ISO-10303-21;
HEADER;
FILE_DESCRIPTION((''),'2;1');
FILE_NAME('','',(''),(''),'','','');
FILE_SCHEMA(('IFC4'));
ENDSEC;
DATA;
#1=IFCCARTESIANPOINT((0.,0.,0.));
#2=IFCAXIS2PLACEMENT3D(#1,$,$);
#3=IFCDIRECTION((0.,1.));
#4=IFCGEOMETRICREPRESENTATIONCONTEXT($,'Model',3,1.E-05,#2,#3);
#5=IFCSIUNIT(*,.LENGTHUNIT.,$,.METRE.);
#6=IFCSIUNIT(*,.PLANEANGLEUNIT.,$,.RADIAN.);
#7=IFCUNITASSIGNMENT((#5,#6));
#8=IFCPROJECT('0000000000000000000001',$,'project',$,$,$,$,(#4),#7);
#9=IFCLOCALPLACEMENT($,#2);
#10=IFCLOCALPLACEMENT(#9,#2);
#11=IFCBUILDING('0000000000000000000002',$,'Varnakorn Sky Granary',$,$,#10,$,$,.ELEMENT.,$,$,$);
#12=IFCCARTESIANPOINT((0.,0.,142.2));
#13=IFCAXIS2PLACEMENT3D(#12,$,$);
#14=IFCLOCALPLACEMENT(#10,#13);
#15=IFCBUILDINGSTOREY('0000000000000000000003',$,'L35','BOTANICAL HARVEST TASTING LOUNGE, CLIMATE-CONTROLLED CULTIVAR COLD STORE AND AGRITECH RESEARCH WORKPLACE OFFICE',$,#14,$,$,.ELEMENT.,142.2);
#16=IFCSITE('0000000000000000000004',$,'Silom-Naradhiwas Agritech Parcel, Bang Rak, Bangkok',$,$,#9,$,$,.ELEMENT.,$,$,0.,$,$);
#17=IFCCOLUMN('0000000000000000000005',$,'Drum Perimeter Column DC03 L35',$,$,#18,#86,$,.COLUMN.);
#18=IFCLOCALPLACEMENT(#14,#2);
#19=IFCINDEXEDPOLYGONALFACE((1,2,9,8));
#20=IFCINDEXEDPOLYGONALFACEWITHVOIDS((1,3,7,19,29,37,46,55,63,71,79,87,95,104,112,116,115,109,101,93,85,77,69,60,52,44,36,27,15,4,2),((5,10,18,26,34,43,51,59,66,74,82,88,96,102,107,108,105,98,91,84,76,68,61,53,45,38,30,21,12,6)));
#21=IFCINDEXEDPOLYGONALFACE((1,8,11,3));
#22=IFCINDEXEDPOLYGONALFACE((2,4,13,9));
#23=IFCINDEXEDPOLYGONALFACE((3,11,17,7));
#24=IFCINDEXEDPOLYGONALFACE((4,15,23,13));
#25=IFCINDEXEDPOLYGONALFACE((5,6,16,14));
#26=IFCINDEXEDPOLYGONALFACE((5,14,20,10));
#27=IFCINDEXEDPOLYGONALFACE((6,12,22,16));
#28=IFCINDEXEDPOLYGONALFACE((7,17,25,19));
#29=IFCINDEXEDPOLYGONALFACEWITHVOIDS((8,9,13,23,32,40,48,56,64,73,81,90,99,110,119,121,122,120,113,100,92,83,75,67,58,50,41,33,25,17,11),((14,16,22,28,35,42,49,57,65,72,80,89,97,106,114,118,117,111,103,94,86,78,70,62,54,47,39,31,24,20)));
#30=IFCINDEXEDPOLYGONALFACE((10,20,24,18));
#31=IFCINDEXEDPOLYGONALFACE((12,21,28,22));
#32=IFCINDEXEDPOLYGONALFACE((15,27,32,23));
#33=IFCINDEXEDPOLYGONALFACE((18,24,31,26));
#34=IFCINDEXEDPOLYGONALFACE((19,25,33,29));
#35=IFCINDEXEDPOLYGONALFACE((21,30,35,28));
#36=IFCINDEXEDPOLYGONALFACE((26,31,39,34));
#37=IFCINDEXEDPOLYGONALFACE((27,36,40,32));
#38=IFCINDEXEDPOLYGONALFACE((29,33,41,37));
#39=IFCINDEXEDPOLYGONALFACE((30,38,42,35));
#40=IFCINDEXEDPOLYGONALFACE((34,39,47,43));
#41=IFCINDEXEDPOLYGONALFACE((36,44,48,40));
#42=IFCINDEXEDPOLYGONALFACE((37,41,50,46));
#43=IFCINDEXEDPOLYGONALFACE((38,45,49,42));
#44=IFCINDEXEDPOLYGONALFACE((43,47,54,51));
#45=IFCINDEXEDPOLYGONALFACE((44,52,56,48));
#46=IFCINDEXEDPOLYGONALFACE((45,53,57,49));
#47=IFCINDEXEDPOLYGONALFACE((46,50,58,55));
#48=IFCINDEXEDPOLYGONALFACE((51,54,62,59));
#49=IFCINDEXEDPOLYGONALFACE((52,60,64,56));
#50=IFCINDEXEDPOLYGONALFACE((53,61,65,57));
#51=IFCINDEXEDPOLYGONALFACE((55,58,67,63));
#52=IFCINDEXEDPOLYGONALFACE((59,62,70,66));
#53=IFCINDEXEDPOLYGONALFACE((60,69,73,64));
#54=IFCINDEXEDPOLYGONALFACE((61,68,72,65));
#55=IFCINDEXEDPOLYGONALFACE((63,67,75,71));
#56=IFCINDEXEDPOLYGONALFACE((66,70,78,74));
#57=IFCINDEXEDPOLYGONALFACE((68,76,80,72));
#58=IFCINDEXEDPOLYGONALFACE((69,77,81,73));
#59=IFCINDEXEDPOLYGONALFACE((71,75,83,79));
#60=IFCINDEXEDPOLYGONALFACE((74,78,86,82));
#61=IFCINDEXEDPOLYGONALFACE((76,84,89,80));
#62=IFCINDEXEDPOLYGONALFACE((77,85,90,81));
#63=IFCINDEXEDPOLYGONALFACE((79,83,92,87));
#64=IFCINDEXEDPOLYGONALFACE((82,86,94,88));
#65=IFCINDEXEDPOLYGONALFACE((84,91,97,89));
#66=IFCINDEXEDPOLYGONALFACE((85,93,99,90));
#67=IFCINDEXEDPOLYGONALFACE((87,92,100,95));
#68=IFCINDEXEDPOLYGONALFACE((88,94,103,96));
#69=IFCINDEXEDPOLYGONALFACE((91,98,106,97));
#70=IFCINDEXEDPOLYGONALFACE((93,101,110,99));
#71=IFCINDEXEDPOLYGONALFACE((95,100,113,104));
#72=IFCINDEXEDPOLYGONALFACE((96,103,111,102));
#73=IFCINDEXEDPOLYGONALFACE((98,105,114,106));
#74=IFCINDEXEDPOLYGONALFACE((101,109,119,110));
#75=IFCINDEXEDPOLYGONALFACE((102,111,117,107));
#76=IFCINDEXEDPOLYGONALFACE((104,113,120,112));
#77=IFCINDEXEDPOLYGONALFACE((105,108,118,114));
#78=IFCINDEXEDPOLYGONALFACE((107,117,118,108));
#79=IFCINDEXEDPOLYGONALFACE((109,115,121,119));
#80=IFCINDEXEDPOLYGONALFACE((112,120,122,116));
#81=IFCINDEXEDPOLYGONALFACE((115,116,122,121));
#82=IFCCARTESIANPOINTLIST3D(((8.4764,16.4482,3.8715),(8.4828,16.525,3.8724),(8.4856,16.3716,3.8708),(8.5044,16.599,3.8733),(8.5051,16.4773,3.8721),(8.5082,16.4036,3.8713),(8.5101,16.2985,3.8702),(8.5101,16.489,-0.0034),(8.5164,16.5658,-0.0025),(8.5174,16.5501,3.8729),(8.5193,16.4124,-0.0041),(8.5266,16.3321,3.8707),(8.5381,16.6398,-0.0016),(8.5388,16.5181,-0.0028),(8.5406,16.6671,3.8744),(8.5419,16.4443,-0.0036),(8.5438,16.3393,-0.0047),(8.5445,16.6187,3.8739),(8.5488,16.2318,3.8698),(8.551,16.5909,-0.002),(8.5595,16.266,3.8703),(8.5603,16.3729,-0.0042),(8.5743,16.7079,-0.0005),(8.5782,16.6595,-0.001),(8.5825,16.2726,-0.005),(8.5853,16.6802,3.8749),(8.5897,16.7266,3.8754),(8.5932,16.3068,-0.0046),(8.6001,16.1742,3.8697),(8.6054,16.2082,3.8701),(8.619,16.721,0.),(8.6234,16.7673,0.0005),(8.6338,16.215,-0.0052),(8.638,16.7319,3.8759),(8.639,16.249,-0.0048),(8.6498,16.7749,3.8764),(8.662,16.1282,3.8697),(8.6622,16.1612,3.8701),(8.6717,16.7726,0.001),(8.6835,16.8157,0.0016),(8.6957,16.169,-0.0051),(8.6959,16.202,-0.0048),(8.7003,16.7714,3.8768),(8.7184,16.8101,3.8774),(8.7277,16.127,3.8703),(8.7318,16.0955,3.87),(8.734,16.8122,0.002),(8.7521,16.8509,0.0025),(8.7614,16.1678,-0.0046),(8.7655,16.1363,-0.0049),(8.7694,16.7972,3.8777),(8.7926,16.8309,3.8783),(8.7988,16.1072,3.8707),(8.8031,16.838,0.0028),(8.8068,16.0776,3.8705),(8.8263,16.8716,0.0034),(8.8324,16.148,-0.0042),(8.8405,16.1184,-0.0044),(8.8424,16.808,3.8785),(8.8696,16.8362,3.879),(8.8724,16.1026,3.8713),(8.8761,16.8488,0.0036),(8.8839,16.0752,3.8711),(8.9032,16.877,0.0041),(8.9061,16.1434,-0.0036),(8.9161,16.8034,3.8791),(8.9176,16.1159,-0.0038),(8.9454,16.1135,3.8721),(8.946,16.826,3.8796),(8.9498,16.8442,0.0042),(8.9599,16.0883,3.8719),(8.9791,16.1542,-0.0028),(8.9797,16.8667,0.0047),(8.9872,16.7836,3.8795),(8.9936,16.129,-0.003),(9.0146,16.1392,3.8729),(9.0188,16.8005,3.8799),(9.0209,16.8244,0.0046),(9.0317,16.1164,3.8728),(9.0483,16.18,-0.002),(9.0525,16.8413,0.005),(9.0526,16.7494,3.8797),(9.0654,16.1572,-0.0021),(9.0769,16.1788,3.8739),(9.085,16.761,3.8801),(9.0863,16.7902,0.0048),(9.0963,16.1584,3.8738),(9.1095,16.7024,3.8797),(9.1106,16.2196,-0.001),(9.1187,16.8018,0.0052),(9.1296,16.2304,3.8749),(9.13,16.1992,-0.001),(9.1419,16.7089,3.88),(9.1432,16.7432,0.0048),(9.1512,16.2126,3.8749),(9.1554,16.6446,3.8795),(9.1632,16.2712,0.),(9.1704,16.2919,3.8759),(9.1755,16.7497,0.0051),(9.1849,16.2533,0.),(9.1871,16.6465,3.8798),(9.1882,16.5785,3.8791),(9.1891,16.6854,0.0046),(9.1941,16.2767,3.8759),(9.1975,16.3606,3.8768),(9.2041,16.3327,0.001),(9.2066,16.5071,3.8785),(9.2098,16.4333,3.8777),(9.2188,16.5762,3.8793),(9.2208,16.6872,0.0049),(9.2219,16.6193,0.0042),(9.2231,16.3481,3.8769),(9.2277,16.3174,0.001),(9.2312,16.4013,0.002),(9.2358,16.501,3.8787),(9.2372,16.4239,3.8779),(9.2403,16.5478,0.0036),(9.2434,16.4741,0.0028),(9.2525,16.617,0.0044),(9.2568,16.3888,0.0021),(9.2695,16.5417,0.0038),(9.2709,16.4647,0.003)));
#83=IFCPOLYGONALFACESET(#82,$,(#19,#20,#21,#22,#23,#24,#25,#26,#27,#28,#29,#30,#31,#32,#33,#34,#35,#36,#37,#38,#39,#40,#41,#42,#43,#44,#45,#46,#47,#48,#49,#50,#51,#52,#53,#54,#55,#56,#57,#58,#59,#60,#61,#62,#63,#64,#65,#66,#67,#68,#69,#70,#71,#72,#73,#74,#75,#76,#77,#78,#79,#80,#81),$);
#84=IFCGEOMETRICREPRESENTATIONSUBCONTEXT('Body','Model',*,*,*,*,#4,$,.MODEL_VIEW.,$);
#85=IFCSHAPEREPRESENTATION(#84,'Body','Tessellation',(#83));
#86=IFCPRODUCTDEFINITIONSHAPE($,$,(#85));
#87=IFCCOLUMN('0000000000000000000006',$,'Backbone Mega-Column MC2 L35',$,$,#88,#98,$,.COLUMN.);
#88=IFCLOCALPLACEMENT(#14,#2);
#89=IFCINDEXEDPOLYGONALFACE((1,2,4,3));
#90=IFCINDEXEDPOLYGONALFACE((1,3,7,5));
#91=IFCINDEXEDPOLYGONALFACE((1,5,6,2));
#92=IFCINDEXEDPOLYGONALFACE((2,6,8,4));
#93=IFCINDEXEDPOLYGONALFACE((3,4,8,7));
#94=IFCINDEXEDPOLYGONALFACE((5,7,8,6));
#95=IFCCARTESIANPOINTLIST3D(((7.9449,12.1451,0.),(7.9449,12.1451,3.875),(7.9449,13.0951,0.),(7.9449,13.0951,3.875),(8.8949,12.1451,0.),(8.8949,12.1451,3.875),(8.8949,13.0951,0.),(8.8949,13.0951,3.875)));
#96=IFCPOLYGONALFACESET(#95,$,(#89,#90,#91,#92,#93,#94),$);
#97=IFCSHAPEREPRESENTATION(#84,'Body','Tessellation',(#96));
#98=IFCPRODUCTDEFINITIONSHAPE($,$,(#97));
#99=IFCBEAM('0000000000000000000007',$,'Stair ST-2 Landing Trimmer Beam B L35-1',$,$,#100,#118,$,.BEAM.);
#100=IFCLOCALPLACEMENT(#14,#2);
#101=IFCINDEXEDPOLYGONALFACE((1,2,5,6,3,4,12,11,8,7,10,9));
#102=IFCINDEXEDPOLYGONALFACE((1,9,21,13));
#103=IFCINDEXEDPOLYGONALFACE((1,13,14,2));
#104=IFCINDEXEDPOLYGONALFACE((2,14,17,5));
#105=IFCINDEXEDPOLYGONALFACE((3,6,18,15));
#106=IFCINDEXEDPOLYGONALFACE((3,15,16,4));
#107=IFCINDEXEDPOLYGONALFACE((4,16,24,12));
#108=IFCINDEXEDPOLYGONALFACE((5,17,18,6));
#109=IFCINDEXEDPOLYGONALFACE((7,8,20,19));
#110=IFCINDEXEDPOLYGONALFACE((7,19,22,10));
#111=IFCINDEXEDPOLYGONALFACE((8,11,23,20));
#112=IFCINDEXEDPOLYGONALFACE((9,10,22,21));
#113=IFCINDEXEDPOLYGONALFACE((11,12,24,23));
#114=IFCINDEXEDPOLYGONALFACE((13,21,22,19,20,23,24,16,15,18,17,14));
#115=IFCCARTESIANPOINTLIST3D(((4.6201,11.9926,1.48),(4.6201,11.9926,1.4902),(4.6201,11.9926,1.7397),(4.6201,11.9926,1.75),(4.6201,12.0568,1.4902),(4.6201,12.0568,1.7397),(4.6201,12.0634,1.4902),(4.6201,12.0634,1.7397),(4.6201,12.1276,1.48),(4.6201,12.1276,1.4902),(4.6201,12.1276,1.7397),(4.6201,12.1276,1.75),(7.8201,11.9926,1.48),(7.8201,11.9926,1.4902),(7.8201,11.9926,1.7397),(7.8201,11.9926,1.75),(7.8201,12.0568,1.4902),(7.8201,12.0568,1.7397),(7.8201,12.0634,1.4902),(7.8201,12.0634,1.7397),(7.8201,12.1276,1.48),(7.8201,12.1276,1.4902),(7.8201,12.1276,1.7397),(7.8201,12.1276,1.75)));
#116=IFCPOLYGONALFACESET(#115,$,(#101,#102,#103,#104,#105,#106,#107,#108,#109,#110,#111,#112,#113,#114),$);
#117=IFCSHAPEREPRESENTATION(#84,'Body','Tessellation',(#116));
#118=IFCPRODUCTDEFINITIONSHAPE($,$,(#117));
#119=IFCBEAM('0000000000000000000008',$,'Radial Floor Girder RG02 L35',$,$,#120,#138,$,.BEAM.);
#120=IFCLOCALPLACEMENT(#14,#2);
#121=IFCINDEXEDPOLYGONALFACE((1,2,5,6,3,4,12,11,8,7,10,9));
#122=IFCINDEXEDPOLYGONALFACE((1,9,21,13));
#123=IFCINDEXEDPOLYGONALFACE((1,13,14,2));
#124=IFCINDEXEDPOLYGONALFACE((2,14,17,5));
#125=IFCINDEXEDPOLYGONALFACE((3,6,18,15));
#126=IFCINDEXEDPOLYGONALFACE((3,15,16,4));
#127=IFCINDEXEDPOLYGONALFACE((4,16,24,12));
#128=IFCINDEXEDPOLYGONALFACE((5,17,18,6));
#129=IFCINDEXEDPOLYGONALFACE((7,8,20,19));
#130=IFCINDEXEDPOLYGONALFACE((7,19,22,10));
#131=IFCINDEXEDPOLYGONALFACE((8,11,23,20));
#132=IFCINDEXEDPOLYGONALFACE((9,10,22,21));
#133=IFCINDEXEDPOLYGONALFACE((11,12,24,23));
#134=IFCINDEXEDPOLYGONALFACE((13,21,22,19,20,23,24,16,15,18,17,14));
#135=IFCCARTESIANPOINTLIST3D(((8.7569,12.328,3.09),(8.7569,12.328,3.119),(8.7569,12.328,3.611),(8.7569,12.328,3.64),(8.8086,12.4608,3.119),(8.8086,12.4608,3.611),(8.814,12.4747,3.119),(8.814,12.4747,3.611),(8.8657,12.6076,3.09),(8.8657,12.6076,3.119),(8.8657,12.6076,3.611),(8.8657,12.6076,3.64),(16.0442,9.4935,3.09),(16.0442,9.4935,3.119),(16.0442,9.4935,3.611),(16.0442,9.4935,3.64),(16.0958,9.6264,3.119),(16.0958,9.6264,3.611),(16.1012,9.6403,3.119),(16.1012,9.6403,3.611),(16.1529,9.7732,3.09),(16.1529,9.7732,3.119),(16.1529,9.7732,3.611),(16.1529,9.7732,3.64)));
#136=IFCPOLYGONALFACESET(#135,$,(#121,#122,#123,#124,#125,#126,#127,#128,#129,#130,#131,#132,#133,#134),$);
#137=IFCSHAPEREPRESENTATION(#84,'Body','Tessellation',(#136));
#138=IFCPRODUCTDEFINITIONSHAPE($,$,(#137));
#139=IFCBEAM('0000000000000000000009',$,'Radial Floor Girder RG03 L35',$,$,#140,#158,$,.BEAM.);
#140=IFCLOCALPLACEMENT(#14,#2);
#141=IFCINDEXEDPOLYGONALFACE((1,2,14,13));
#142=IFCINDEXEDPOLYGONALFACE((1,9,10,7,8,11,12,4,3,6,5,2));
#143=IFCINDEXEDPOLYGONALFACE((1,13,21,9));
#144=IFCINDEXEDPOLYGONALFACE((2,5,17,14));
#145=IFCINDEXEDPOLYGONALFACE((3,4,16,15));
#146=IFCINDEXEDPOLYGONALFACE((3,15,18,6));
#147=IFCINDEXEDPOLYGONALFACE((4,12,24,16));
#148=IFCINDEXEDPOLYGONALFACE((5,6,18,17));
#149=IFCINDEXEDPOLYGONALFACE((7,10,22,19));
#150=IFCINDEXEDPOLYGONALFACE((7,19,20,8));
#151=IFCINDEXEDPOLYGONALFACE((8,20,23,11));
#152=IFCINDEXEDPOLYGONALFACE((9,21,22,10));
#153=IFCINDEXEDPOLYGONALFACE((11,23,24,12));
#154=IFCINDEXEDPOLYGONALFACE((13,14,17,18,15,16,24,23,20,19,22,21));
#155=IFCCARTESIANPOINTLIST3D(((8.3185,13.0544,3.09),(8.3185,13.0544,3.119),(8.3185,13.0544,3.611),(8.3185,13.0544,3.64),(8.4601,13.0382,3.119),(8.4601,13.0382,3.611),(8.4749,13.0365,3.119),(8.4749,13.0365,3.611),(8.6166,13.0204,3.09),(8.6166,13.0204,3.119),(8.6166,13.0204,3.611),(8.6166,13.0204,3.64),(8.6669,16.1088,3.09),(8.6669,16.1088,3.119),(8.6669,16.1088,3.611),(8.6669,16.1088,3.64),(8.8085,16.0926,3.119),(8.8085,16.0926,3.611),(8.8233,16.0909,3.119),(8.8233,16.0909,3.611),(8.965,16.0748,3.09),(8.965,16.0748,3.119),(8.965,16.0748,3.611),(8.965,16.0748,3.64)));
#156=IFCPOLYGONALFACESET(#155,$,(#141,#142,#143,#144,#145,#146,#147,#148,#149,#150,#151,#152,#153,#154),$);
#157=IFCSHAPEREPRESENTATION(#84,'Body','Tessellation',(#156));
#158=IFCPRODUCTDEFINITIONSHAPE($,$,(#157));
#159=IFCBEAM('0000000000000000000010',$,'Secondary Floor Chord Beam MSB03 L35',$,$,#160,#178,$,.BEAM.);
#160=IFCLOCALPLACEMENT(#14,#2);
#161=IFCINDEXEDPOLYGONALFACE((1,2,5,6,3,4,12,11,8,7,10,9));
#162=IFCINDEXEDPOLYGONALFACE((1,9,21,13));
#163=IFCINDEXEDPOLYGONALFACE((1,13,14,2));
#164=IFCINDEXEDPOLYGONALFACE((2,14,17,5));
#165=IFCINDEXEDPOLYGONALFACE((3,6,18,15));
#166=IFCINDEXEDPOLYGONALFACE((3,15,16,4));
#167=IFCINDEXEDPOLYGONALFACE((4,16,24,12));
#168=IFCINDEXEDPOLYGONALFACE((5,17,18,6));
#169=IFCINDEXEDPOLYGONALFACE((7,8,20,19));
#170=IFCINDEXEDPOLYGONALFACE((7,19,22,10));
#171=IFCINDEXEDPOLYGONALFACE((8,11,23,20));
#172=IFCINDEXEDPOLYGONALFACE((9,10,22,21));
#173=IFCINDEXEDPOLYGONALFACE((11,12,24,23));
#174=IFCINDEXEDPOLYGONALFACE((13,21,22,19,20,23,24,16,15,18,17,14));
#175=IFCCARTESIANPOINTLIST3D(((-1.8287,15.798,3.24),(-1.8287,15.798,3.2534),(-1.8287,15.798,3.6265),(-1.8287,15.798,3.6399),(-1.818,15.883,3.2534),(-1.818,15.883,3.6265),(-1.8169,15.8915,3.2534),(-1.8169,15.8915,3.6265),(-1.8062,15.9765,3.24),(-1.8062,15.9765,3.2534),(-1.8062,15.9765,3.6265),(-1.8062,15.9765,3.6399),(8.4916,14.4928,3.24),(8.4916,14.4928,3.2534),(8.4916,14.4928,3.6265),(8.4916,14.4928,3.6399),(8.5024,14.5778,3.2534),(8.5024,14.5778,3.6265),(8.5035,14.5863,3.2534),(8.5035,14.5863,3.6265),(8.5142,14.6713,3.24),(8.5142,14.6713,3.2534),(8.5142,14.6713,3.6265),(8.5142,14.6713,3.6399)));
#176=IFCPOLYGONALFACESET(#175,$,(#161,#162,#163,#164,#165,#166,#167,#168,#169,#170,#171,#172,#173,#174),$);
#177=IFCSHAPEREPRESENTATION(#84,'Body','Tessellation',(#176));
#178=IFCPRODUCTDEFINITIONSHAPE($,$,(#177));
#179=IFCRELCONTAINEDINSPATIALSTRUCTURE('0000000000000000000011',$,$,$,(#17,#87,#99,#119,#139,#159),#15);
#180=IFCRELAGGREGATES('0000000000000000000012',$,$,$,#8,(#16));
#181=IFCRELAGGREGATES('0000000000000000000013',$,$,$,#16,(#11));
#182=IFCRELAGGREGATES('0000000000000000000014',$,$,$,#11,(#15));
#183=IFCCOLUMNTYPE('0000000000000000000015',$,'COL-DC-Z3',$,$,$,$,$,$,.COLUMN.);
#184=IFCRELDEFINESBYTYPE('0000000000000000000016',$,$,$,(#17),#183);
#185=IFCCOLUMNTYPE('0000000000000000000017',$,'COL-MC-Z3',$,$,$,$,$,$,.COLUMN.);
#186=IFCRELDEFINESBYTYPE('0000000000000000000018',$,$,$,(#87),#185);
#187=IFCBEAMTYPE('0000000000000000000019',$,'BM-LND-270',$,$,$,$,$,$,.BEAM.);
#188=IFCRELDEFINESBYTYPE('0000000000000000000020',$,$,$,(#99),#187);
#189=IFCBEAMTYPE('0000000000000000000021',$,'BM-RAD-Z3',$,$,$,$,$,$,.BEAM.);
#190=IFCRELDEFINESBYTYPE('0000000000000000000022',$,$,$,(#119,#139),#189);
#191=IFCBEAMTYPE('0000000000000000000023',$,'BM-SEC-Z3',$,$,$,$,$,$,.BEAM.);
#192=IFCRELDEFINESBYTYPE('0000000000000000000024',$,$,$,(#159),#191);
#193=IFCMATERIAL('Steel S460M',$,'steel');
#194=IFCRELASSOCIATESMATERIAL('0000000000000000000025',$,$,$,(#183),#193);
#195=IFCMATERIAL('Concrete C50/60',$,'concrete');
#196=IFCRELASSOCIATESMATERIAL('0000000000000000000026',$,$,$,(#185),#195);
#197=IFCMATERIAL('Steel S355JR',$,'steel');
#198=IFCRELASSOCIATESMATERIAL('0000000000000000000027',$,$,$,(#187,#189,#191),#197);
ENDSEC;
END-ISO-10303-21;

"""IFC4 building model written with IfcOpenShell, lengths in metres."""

from ifc_helpers import new_model, si_unit, direction, frame, origin, origin_2d, place, context, subcontext, project, spatial, rectangle, hollow_circle, i_section, extrude, material, material_profile, profile_set, type_object, element, save


model = new_model("IFC4")

# Units and contexts
model_context = context("Model", 3, precision=1e-05, world=origin(), true_north=direction((0.0, 1.0)))
body_context = subcontext(model_context, "Body", "Model", "MODEL_VIEW")
ifc_project = project(units=[si_unit("LENGTHUNIT", "METRE"), si_unit("PLANEANGLEUNIT", "RADIAN")], contexts=[model_context])

# Site, building, storey
site_placement = place(None, origin())
site = spatial("IfcSite", under=ifc_project, at=site_placement, Name="Silom-Naradhiwas Agritech Parcel, Bang Rak, Bangkok", CompositionType="ELEMENT", RefElevation=0.0)
building_placement = place(site_placement, origin())
building = spatial("IfcBuilding", under=site, at=building_placement, Name="Varnakorn Sky Granary", CompositionType="ELEMENT")
storey_placement = place(building_placement, frame((0.0, 0.0, 142.2)))
storey = spatial("IfcBuildingStorey", under=building, at=storey_placement, Name="L35", Description="BOTANICAL HARVEST TASTING LOUNGE, CLIMATE-CONTROLLED CULTIVAR COLD STORE AND AGRITECH RESEARCH WORKPLACE OFFICE", CompositionType="ELEMENT", Elevation=142.2)

# Columns
ifc_material_1 = material(Name="Steel S460M", Category="steel")
ifc_material_profile_1 = material_profile(ifc_material_1, hollow_circle(Radius=0.3811, WallThickness=0.0281, at=origin_2d()), Name="CHS 762x28")
ifc_profile_set_1 = profile_set([ifc_material_profile_1], Name="Steel S460M")
column_type_1 = type_object("IfcColumnType", Name="COL-DC-Z3", PredefinedType="COLUMN", material=ifc_profile_set_1)
column_1_placement = place(storey_placement, frame((8.8911, 16.4961, 0.0), z_axis=(-0.008694, -0.010521, 0.999907), x_axis=(0.770863, -0.637001, 0.0)))
element("IfcColumn", 1, at=column_1_placement, inside=storey, type_object=column_type_1, Name="Drum Perimeter Column DC03 L35", PredefinedType="COLUMN", context=body_context, shape_type="SweptSolid", body=[
    extrude(hollow_circle(Radius=0.3811, WallThickness=0.0281, at=origin_2d()), origin(), (0.0, 0.0, 1.0), 3.8752),
])
ifc_material_2 = material(Name="Concrete C50/60", Category="concrete")
ifc_material_profile_2 = material_profile(ifc_material_2, rectangle(XDim=0.95, YDim=0.95, at=origin_2d()), Name="RC 950x950")
ifc_profile_set_2 = profile_set([ifc_material_profile_2], Name="Concrete C50/60")
column_type_2 = type_object("IfcColumnType", Name="COL-MC-Z3", PredefinedType="COLUMN", material=ifc_profile_set_2)
column_2_placement = place(storey_placement, frame((8.4199, 12.6201, 0.0), z_axis=(0.0, 0.0, 1.0), x_axis=(1.0, 0.0, 0.0)))
element("IfcColumn", 2, at=column_2_placement, inside=storey, type_object=column_type_2, Name="Backbone Mega-Column MC2 L35", PredefinedType="COLUMN", context=body_context, shape_type="SweptSolid", body=[
    extrude(rectangle(XDim=0.95, YDim=0.95, at=origin_2d()), origin(), (0.0, 0.0, 1.0), 3.875),
])

# Beams
ifc_material_3 = material(Name="Steel S355JR", Category="steel")
ifc_material_profile_3 = material_profile(ifc_material_3, i_section(OverallWidth=0.135, OverallDepth=0.27, WebThickness=0.0066, FlangeThickness=0.0103, at=origin_2d()), Name="IPE 270")
ifc_profile_set_3 = profile_set([ifc_material_profile_3], Name="Steel S355JR")
beam_type_1 = type_object("IfcBeamType", Name="BM-LND-270", PredefinedType="BEAM", material=ifc_profile_set_3)
beam_1_placement = place(storey_placement, frame((4.6201, 12.0601, 1.615), z_axis=(1.0, 0.0, 0.0), x_axis=(0.0, 1.0, 0.0)))
element("IfcBeam", 3, at=beam_1_placement, inside=storey, type_object=beam_type_1, Name="Stair ST-2 Landing Trimmer Beam B L35-1", PredefinedType="BEAM", context=body_context, shape_type="SweptSolid", body=[
    extrude(i_section(OverallWidth=0.135, OverallDepth=0.27, WebThickness=0.0066, FlangeThickness=0.0103, at=origin_2d()), origin(), (0.0, 0.0, 1.0), 3.2),
])
ifc_material_profile_4 = material_profile(ifc_material_3, i_section(OverallWidth=0.3, OverallDepth=0.55, WebThickness=0.0149, FlangeThickness=0.0291, at=origin_2d()), Name="HE 550 B")
ifc_profile_set_4 = profile_set([ifc_material_profile_4], Name="Steel S355JR")
beam_type_2 = type_object("IfcBeamType", Name="BM-RAD-Z3", PredefinedType="BEAM", material=ifc_profile_set_4)
beam_2_placement = place(storey_placement, frame((8.8113, 12.4678, 3.365), z_axis=(0.931983, -0.362502, 0.0), x_axis=(0.362502, 0.931983, 0.0)))
element("IfcBeam", 4, at=beam_2_placement, inside=storey, type_object=beam_type_2, Name="Radial Floor Girder RG02 L35", PredefinedType="BEAM", context=body_context, shape_type="SweptSolid", body=[
    extrude(i_section(OverallWidth=0.3, OverallDepth=0.55, WebThickness=0.0149, FlangeThickness=0.0291, at=origin_2d()), origin(), (0.0, 0.0, 1.0), 7.8191),
])
beam_3_placement = place(storey_placement, frame((8.4675, 13.0374, 3.365), z_axis=(0.113325, 0.993558, 0.0), x_axis=(-0.993558, 0.113325, 0.0)))
element("IfcBeam", 5, at=beam_3_placement, inside=storey, type_object=beam_type_2, Name="Radial Floor Girder RG03 L35", PredefinedType="BEAM", context=body_context, shape_type="SweptSolid", body=[
    extrude(i_section(OverallWidth=0.3, OverallDepth=0.55, WebThickness=0.0149, FlangeThickness=0.0291, at=origin_2d()), origin(), (0.0, 0.0, 1.0), 3.0742),
])
ifc_material_profile_5 = material_profile(ifc_material_3, i_section(OverallWidth=0.1799, OverallDepth=0.3999, WebThickness=0.0085, FlangeThickness=0.0134, at=origin_2d()), Name="IPE 400")
ifc_profile_set_5 = profile_set([ifc_material_profile_5], Name="Steel S355JR")
beam_type_3 = type_object("IfcBeamType", Name="BM-SEC-Z3", PredefinedType="BEAM", material=ifc_profile_set_5)
beam_4_placement = place(storey_placement, frame((8.5029, 14.582, 3.4399), z_axis=(-0.992098, 0.125467, 0.0), x_axis=(-0.125467, -0.992098, 0.0)))
element("IfcBeam", 6, at=beam_4_placement, inside=storey, type_object=beam_type_3, Name="Secondary Floor Chord Beam MSB03 L35", PredefinedType="BEAM", context=body_context, shape_type="SweptSolid", body=[
    extrude(i_section(OverallWidth=0.1799, OverallDepth=0.3999, WebThickness=0.0085, FlangeThickness=0.0134, at=origin_2d()), origin(), (0.0, 0.0, 1.0), 10.4026),
])

save(model, "model.ifc")
